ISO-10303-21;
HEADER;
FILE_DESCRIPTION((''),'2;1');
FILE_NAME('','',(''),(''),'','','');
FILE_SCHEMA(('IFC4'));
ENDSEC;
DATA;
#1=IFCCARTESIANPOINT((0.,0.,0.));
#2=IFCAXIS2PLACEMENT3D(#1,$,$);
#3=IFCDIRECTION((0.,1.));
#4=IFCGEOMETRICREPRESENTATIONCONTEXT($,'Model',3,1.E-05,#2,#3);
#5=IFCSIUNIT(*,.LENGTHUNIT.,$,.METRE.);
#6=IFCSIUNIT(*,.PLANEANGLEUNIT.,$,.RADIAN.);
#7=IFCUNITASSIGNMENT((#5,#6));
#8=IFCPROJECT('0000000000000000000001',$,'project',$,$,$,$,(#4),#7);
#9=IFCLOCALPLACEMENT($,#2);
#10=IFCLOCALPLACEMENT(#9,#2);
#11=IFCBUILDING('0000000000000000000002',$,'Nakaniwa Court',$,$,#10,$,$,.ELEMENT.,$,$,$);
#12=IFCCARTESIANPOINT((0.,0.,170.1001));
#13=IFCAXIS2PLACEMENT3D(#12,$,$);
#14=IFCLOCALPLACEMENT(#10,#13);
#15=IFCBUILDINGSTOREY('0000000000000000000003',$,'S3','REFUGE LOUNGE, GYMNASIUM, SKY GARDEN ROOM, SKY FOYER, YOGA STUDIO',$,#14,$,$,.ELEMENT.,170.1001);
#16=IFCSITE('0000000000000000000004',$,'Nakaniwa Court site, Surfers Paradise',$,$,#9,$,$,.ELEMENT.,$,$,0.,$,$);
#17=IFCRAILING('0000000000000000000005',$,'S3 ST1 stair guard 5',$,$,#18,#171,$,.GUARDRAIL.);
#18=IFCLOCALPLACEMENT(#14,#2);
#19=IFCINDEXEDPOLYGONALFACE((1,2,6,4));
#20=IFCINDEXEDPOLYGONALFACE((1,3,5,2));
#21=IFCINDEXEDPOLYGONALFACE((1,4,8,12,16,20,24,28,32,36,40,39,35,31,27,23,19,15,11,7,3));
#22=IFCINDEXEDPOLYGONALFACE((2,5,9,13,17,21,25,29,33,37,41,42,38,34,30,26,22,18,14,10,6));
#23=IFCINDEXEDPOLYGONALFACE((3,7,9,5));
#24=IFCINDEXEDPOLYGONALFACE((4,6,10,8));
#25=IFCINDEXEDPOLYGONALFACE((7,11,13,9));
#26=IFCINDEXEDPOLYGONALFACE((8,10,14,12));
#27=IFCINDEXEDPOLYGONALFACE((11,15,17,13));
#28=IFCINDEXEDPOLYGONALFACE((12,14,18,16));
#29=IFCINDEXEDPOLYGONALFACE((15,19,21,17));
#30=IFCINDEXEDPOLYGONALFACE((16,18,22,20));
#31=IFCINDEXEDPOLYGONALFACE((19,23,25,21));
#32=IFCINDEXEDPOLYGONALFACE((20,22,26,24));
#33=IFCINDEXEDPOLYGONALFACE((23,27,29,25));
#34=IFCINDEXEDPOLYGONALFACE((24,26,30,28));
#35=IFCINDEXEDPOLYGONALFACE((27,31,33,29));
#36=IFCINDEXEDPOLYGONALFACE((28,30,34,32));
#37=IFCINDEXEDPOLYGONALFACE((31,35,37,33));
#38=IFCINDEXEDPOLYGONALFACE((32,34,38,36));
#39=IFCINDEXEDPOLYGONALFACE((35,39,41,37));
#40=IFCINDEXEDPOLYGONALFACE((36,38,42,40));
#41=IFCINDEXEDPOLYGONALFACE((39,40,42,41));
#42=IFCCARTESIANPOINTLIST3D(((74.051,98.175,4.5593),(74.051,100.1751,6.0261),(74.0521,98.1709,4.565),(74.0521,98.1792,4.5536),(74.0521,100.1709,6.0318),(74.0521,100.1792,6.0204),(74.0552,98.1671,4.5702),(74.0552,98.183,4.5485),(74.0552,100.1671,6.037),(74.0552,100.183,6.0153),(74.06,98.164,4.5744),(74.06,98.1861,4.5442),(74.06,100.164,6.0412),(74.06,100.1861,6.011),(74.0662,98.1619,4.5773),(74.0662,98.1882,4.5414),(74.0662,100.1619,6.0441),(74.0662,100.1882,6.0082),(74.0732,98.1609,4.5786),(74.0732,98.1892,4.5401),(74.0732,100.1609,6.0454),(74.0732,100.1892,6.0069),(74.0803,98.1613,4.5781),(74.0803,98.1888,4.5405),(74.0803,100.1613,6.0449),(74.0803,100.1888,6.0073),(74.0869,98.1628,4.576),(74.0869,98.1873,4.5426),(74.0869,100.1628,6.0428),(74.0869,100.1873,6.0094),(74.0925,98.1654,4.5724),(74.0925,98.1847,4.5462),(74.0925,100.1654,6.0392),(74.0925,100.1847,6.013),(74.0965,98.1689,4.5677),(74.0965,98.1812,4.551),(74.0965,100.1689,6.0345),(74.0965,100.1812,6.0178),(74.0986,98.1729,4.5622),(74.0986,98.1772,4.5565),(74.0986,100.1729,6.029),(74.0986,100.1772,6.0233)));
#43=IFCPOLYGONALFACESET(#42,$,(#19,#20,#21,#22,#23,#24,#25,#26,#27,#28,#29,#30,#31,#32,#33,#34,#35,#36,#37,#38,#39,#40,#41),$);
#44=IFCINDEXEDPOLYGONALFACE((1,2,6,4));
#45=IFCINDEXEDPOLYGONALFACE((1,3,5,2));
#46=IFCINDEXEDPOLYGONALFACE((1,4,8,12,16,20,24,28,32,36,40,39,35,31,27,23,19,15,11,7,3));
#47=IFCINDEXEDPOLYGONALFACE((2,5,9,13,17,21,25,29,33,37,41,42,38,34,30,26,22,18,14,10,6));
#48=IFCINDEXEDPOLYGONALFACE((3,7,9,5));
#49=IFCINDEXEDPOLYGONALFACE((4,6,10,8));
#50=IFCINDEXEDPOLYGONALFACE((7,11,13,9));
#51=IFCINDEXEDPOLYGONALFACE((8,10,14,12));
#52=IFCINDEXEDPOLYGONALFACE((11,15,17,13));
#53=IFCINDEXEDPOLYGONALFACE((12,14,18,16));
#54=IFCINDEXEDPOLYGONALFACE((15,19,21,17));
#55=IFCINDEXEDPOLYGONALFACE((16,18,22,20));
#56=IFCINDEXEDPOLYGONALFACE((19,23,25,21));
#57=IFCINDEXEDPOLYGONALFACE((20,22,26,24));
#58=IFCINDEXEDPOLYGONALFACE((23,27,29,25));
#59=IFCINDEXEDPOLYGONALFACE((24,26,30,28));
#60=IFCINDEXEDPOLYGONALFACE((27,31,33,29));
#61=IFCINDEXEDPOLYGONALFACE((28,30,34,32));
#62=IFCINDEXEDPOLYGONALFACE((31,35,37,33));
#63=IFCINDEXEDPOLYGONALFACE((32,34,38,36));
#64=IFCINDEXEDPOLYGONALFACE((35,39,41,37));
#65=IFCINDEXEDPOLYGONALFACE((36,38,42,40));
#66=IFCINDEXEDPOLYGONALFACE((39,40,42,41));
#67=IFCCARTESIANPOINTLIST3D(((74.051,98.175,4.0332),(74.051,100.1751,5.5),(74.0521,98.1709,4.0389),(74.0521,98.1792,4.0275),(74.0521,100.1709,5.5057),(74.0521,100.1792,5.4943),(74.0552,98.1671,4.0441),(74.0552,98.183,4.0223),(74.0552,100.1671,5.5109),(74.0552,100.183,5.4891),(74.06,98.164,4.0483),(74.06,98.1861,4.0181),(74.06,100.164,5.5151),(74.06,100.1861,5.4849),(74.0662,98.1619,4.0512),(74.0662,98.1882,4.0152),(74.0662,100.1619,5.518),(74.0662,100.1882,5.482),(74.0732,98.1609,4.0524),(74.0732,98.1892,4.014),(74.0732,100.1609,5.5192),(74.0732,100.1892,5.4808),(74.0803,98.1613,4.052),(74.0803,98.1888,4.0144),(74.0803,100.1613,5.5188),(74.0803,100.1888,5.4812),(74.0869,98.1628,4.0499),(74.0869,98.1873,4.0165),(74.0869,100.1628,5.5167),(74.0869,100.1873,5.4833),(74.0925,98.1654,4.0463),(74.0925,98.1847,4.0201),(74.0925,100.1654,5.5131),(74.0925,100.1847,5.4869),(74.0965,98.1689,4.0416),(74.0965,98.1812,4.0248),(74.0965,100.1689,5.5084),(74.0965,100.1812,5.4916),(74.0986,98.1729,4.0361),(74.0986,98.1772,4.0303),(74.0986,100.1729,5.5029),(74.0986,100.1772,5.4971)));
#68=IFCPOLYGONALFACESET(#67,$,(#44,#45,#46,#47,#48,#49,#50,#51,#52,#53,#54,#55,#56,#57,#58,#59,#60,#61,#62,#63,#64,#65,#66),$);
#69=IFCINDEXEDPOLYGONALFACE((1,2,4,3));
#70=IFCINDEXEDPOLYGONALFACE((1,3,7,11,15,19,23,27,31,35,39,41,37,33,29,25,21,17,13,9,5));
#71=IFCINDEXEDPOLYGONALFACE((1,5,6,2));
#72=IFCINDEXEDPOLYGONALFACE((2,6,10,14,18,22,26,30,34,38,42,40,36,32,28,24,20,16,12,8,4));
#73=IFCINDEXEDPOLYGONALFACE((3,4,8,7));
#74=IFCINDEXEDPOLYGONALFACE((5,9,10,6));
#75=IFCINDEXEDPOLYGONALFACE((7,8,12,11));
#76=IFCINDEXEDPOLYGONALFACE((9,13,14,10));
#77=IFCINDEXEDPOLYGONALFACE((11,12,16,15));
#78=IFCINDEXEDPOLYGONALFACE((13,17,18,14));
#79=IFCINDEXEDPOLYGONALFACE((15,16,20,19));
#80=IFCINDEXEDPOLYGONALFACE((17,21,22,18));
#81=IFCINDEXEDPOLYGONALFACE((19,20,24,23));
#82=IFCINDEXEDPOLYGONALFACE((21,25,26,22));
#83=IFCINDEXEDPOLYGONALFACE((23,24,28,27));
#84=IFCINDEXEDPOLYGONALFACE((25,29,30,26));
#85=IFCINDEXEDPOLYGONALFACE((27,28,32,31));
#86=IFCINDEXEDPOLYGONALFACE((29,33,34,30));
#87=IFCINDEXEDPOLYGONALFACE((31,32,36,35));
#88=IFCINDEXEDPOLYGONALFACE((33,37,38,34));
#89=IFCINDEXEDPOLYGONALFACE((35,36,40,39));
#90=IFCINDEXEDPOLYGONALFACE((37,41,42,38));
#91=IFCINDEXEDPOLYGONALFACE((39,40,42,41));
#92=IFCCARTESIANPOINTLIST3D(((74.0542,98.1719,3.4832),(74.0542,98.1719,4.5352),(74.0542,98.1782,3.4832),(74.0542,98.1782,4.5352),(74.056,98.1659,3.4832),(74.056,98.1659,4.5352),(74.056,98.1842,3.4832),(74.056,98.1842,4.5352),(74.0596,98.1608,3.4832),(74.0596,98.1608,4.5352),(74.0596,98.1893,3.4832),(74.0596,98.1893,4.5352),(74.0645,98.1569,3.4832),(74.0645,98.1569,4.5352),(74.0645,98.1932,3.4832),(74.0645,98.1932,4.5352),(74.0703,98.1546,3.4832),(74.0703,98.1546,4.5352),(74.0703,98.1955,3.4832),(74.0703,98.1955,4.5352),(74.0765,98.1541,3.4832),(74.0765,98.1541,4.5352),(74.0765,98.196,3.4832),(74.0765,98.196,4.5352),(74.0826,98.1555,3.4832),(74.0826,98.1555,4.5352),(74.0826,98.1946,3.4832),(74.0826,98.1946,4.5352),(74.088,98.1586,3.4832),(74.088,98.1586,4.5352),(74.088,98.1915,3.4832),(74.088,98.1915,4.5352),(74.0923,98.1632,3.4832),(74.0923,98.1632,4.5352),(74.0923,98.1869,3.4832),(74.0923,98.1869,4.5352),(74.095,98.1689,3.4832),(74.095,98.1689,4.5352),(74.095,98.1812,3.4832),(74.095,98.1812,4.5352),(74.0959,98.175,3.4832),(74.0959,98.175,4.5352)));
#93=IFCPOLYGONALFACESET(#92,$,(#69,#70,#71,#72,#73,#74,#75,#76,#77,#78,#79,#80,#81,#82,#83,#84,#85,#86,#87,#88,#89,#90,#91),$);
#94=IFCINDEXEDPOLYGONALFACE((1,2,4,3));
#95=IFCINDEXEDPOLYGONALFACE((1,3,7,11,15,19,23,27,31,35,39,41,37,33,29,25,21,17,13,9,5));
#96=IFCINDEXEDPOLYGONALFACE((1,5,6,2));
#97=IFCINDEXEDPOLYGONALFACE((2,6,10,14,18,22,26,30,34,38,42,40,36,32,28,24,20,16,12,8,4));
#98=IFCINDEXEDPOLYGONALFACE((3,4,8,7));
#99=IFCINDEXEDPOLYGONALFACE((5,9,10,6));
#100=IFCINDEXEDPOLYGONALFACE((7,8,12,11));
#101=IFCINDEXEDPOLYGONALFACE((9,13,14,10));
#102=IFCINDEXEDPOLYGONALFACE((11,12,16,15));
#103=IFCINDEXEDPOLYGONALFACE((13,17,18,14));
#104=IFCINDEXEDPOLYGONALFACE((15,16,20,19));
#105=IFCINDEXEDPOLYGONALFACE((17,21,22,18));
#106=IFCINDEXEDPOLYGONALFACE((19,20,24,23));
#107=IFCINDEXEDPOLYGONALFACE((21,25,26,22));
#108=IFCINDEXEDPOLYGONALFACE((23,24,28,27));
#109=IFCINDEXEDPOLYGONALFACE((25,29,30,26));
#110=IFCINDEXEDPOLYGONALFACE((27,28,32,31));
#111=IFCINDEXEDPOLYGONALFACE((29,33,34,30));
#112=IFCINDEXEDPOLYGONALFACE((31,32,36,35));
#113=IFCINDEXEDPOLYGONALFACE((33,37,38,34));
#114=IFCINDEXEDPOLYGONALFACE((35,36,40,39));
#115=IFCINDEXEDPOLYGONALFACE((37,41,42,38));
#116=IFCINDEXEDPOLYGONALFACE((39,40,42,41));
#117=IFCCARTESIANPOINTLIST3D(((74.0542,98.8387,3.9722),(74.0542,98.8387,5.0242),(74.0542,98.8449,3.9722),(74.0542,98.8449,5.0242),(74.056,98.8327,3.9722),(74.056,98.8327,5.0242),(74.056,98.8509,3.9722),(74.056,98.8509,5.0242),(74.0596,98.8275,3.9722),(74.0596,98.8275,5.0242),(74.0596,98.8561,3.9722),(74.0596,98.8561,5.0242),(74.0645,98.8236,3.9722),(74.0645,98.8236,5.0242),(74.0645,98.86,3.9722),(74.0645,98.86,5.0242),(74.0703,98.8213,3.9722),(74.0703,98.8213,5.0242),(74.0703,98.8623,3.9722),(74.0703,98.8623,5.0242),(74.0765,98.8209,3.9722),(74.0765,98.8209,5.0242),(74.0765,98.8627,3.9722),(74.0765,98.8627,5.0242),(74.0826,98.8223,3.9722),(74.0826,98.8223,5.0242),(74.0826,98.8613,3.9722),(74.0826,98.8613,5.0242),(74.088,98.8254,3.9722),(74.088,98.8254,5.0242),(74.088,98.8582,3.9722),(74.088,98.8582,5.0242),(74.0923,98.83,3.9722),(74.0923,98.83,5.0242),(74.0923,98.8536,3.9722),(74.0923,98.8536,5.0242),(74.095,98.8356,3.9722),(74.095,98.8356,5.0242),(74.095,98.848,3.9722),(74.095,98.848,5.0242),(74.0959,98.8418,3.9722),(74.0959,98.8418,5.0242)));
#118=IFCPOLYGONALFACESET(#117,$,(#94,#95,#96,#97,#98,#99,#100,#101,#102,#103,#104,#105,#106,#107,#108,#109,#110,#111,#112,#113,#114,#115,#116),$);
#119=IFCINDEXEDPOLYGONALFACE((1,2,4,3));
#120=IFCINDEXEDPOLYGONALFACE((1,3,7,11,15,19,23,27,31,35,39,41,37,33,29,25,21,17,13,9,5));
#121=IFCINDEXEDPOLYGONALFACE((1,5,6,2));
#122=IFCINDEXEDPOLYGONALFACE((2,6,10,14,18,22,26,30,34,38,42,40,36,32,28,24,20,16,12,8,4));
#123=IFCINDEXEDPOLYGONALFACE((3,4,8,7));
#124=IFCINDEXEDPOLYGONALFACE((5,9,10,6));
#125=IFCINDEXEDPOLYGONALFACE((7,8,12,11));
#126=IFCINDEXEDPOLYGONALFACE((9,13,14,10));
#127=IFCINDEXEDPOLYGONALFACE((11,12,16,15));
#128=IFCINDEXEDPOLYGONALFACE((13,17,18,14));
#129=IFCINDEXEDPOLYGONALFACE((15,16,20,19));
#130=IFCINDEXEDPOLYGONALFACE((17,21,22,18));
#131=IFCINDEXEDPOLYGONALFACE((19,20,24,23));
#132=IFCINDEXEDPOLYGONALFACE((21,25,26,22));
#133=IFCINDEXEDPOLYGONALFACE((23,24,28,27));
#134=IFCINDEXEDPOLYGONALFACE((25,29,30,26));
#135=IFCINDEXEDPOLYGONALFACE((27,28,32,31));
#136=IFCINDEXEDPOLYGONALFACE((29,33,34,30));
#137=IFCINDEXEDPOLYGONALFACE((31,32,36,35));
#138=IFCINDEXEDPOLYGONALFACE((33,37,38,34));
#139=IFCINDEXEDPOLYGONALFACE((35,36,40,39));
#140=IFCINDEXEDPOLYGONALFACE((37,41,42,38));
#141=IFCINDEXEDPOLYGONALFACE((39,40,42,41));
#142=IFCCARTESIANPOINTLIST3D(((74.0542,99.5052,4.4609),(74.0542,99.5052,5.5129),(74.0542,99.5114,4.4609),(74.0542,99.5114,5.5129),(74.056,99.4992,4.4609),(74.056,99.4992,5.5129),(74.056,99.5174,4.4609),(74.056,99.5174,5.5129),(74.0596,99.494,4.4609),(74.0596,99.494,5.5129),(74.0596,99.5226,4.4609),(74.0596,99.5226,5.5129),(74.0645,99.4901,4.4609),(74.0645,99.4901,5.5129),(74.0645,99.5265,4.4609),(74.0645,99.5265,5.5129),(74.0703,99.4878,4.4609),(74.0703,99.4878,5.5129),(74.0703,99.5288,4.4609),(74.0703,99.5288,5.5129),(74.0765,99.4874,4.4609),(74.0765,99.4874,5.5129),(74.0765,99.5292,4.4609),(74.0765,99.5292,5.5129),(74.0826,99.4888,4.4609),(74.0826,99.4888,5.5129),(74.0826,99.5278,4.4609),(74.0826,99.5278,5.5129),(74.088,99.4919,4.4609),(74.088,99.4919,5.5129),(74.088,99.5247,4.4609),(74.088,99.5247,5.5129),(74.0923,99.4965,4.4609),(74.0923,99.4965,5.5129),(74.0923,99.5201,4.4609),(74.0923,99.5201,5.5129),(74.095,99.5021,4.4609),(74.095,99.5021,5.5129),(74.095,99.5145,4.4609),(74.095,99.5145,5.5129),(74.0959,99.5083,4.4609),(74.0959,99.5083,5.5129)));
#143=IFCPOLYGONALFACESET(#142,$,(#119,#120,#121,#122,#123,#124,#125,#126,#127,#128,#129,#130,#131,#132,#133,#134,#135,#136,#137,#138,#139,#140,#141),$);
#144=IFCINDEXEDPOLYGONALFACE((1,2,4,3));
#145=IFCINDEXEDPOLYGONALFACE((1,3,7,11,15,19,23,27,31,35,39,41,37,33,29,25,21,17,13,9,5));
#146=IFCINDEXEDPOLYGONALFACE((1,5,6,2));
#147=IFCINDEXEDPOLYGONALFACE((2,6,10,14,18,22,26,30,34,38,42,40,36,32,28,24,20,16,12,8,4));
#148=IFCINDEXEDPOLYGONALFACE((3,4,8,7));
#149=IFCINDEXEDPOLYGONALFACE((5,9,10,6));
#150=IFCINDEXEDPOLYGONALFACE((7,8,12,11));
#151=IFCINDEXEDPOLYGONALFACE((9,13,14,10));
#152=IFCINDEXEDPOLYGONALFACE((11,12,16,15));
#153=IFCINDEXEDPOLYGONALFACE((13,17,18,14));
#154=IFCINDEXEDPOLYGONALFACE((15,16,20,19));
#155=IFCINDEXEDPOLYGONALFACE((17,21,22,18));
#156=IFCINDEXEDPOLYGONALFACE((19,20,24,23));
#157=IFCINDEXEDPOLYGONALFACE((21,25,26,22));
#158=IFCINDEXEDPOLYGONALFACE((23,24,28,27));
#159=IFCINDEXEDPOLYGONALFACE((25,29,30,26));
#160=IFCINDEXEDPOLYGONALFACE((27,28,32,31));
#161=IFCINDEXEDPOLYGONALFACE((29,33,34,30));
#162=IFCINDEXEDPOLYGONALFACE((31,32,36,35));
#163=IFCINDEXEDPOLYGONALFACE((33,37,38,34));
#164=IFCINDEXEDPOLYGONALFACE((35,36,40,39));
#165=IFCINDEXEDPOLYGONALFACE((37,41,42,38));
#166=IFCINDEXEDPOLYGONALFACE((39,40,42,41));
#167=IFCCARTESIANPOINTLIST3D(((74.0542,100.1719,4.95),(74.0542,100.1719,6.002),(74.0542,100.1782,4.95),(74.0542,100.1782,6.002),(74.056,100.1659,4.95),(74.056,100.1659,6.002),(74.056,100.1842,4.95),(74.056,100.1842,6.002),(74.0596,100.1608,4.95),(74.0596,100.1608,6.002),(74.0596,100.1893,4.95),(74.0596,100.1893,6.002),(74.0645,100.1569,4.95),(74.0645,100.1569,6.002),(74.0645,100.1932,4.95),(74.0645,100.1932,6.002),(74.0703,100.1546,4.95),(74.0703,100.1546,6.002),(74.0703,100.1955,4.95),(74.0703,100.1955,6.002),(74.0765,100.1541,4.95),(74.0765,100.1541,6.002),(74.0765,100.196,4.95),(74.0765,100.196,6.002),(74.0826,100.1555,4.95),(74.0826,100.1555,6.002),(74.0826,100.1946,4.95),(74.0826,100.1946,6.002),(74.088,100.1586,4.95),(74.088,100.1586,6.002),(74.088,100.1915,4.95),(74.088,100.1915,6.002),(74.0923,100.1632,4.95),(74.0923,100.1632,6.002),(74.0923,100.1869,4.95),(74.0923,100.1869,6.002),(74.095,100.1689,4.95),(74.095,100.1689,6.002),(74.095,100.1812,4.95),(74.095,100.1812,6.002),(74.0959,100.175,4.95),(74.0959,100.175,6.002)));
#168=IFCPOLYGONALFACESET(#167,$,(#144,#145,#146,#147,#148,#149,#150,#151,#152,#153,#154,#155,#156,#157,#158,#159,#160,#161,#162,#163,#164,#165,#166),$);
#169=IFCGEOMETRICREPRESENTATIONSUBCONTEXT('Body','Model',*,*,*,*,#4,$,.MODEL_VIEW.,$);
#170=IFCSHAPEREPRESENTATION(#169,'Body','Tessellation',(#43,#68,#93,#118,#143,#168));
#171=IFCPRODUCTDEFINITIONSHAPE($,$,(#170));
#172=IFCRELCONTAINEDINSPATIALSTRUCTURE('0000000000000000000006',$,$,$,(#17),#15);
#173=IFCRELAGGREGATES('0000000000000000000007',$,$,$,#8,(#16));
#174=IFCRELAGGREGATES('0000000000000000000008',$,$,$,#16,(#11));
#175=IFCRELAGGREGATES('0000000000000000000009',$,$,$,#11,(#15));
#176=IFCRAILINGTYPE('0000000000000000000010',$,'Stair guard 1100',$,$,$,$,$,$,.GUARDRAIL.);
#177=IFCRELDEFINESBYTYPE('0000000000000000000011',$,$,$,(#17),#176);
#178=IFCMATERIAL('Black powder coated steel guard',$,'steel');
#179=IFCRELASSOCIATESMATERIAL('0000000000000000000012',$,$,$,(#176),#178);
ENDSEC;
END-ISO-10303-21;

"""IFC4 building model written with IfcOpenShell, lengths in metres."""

from ifc_helpers import new_model, si_unit, direction, frame, origin, origin_2d, place, context, subcontext, project, spatial, circle, extrude, material, type_object, element, save


model = new_model("IFC4")

# Units and contexts
model_context = context("Model", 3, precision=1e-05, world=origin(), true_north=direction((0.0, 1.0)))
body_context = subcontext(model_context, "Body", "Model", "MODEL_VIEW")
ifc_project = project(units=[si_unit("LENGTHUNIT", "METRE"), si_unit("PLANEANGLEUNIT", "RADIAN")], contexts=[model_context])

# Site, building, storey
site_placement = place(None, origin())
site = spatial("IfcSite", under=ifc_project, at=site_placement, Name="Nakaniwa Court site, Surfers Paradise", CompositionType="ELEMENT", RefElevation=0.0)
building_placement = place(site_placement, origin())
building = spatial("IfcBuilding", under=site, at=building_placement, Name="Nakaniwa Court", CompositionType="ELEMENT")
storey_placement = place(building_placement, frame((0.0, 0.0, 170.1001)))
storey = spatial("IfcBuildingStorey", under=building, at=storey_placement, Name="S3", Description="REFUGE LOUNGE, GYMNASIUM, SKY GARDEN ROOM, SKY FOYER, YOGA STUDIO", CompositionType="ELEMENT", Elevation=170.1001)

# Railing
ifc_material_1 = material(Name="Black powder coated steel guard", Category="steel")
railing_type_1 = type_object("IfcRailingType", Name="Stair guard 1100", PredefinedType="GUARDRAIL", material=ifc_material_1)
railing_1_placement = place(storey_placement, frame((74.075, 98.175, 3.4832)))
element("IfcRailing", 1, at=railing_1_placement, inside=storey, type_object=railing_type_1, Name="S3 ST1 stair guard 5", PredefinedType="GUARDRAIL", context=body_context, shape_type="SweptSolid", body=[
    extrude(circle(Radius=0.0239, at=origin_2d()), frame((0.0, 0.0, 1.0762), z_axis=(0.0, 0.80638, 0.591398), x_axis=(-1.0, 0.0, 0.0)), (0.0, 0.0, 1.0), 2.4802),
    extrude(circle(Radius=0.0239, at=origin_2d()), frame((0.0, 0.0, 0.55), z_axis=(0.0, 0.80638, 0.591398), x_axis=(-1.0, 0.0, 0.0)), (0.0, 0.0, 1.0), 2.4802),
    extrude(circle(Radius=0.021, at=origin_2d()), origin(), (0.0, 0.0, 1.0), 1.052),
    extrude(circle(Radius=0.021, at=origin_2d()), frame((0.0, 0.6667, 0.489)), (0.0, 0.0, 1.0), 1.052),
    extrude(circle(Radius=0.021, at=origin_2d()), frame((0.0, 1.3333, 0.9778)), (0.0, 0.0, 1.0), 1.052),
    extrude(circle(Radius=0.021, at=origin_2d()), frame((0.0, 2.0, 1.4668)), (0.0, 0.0, 1.0), 1.052),
])

save(model, "model.ifc")
